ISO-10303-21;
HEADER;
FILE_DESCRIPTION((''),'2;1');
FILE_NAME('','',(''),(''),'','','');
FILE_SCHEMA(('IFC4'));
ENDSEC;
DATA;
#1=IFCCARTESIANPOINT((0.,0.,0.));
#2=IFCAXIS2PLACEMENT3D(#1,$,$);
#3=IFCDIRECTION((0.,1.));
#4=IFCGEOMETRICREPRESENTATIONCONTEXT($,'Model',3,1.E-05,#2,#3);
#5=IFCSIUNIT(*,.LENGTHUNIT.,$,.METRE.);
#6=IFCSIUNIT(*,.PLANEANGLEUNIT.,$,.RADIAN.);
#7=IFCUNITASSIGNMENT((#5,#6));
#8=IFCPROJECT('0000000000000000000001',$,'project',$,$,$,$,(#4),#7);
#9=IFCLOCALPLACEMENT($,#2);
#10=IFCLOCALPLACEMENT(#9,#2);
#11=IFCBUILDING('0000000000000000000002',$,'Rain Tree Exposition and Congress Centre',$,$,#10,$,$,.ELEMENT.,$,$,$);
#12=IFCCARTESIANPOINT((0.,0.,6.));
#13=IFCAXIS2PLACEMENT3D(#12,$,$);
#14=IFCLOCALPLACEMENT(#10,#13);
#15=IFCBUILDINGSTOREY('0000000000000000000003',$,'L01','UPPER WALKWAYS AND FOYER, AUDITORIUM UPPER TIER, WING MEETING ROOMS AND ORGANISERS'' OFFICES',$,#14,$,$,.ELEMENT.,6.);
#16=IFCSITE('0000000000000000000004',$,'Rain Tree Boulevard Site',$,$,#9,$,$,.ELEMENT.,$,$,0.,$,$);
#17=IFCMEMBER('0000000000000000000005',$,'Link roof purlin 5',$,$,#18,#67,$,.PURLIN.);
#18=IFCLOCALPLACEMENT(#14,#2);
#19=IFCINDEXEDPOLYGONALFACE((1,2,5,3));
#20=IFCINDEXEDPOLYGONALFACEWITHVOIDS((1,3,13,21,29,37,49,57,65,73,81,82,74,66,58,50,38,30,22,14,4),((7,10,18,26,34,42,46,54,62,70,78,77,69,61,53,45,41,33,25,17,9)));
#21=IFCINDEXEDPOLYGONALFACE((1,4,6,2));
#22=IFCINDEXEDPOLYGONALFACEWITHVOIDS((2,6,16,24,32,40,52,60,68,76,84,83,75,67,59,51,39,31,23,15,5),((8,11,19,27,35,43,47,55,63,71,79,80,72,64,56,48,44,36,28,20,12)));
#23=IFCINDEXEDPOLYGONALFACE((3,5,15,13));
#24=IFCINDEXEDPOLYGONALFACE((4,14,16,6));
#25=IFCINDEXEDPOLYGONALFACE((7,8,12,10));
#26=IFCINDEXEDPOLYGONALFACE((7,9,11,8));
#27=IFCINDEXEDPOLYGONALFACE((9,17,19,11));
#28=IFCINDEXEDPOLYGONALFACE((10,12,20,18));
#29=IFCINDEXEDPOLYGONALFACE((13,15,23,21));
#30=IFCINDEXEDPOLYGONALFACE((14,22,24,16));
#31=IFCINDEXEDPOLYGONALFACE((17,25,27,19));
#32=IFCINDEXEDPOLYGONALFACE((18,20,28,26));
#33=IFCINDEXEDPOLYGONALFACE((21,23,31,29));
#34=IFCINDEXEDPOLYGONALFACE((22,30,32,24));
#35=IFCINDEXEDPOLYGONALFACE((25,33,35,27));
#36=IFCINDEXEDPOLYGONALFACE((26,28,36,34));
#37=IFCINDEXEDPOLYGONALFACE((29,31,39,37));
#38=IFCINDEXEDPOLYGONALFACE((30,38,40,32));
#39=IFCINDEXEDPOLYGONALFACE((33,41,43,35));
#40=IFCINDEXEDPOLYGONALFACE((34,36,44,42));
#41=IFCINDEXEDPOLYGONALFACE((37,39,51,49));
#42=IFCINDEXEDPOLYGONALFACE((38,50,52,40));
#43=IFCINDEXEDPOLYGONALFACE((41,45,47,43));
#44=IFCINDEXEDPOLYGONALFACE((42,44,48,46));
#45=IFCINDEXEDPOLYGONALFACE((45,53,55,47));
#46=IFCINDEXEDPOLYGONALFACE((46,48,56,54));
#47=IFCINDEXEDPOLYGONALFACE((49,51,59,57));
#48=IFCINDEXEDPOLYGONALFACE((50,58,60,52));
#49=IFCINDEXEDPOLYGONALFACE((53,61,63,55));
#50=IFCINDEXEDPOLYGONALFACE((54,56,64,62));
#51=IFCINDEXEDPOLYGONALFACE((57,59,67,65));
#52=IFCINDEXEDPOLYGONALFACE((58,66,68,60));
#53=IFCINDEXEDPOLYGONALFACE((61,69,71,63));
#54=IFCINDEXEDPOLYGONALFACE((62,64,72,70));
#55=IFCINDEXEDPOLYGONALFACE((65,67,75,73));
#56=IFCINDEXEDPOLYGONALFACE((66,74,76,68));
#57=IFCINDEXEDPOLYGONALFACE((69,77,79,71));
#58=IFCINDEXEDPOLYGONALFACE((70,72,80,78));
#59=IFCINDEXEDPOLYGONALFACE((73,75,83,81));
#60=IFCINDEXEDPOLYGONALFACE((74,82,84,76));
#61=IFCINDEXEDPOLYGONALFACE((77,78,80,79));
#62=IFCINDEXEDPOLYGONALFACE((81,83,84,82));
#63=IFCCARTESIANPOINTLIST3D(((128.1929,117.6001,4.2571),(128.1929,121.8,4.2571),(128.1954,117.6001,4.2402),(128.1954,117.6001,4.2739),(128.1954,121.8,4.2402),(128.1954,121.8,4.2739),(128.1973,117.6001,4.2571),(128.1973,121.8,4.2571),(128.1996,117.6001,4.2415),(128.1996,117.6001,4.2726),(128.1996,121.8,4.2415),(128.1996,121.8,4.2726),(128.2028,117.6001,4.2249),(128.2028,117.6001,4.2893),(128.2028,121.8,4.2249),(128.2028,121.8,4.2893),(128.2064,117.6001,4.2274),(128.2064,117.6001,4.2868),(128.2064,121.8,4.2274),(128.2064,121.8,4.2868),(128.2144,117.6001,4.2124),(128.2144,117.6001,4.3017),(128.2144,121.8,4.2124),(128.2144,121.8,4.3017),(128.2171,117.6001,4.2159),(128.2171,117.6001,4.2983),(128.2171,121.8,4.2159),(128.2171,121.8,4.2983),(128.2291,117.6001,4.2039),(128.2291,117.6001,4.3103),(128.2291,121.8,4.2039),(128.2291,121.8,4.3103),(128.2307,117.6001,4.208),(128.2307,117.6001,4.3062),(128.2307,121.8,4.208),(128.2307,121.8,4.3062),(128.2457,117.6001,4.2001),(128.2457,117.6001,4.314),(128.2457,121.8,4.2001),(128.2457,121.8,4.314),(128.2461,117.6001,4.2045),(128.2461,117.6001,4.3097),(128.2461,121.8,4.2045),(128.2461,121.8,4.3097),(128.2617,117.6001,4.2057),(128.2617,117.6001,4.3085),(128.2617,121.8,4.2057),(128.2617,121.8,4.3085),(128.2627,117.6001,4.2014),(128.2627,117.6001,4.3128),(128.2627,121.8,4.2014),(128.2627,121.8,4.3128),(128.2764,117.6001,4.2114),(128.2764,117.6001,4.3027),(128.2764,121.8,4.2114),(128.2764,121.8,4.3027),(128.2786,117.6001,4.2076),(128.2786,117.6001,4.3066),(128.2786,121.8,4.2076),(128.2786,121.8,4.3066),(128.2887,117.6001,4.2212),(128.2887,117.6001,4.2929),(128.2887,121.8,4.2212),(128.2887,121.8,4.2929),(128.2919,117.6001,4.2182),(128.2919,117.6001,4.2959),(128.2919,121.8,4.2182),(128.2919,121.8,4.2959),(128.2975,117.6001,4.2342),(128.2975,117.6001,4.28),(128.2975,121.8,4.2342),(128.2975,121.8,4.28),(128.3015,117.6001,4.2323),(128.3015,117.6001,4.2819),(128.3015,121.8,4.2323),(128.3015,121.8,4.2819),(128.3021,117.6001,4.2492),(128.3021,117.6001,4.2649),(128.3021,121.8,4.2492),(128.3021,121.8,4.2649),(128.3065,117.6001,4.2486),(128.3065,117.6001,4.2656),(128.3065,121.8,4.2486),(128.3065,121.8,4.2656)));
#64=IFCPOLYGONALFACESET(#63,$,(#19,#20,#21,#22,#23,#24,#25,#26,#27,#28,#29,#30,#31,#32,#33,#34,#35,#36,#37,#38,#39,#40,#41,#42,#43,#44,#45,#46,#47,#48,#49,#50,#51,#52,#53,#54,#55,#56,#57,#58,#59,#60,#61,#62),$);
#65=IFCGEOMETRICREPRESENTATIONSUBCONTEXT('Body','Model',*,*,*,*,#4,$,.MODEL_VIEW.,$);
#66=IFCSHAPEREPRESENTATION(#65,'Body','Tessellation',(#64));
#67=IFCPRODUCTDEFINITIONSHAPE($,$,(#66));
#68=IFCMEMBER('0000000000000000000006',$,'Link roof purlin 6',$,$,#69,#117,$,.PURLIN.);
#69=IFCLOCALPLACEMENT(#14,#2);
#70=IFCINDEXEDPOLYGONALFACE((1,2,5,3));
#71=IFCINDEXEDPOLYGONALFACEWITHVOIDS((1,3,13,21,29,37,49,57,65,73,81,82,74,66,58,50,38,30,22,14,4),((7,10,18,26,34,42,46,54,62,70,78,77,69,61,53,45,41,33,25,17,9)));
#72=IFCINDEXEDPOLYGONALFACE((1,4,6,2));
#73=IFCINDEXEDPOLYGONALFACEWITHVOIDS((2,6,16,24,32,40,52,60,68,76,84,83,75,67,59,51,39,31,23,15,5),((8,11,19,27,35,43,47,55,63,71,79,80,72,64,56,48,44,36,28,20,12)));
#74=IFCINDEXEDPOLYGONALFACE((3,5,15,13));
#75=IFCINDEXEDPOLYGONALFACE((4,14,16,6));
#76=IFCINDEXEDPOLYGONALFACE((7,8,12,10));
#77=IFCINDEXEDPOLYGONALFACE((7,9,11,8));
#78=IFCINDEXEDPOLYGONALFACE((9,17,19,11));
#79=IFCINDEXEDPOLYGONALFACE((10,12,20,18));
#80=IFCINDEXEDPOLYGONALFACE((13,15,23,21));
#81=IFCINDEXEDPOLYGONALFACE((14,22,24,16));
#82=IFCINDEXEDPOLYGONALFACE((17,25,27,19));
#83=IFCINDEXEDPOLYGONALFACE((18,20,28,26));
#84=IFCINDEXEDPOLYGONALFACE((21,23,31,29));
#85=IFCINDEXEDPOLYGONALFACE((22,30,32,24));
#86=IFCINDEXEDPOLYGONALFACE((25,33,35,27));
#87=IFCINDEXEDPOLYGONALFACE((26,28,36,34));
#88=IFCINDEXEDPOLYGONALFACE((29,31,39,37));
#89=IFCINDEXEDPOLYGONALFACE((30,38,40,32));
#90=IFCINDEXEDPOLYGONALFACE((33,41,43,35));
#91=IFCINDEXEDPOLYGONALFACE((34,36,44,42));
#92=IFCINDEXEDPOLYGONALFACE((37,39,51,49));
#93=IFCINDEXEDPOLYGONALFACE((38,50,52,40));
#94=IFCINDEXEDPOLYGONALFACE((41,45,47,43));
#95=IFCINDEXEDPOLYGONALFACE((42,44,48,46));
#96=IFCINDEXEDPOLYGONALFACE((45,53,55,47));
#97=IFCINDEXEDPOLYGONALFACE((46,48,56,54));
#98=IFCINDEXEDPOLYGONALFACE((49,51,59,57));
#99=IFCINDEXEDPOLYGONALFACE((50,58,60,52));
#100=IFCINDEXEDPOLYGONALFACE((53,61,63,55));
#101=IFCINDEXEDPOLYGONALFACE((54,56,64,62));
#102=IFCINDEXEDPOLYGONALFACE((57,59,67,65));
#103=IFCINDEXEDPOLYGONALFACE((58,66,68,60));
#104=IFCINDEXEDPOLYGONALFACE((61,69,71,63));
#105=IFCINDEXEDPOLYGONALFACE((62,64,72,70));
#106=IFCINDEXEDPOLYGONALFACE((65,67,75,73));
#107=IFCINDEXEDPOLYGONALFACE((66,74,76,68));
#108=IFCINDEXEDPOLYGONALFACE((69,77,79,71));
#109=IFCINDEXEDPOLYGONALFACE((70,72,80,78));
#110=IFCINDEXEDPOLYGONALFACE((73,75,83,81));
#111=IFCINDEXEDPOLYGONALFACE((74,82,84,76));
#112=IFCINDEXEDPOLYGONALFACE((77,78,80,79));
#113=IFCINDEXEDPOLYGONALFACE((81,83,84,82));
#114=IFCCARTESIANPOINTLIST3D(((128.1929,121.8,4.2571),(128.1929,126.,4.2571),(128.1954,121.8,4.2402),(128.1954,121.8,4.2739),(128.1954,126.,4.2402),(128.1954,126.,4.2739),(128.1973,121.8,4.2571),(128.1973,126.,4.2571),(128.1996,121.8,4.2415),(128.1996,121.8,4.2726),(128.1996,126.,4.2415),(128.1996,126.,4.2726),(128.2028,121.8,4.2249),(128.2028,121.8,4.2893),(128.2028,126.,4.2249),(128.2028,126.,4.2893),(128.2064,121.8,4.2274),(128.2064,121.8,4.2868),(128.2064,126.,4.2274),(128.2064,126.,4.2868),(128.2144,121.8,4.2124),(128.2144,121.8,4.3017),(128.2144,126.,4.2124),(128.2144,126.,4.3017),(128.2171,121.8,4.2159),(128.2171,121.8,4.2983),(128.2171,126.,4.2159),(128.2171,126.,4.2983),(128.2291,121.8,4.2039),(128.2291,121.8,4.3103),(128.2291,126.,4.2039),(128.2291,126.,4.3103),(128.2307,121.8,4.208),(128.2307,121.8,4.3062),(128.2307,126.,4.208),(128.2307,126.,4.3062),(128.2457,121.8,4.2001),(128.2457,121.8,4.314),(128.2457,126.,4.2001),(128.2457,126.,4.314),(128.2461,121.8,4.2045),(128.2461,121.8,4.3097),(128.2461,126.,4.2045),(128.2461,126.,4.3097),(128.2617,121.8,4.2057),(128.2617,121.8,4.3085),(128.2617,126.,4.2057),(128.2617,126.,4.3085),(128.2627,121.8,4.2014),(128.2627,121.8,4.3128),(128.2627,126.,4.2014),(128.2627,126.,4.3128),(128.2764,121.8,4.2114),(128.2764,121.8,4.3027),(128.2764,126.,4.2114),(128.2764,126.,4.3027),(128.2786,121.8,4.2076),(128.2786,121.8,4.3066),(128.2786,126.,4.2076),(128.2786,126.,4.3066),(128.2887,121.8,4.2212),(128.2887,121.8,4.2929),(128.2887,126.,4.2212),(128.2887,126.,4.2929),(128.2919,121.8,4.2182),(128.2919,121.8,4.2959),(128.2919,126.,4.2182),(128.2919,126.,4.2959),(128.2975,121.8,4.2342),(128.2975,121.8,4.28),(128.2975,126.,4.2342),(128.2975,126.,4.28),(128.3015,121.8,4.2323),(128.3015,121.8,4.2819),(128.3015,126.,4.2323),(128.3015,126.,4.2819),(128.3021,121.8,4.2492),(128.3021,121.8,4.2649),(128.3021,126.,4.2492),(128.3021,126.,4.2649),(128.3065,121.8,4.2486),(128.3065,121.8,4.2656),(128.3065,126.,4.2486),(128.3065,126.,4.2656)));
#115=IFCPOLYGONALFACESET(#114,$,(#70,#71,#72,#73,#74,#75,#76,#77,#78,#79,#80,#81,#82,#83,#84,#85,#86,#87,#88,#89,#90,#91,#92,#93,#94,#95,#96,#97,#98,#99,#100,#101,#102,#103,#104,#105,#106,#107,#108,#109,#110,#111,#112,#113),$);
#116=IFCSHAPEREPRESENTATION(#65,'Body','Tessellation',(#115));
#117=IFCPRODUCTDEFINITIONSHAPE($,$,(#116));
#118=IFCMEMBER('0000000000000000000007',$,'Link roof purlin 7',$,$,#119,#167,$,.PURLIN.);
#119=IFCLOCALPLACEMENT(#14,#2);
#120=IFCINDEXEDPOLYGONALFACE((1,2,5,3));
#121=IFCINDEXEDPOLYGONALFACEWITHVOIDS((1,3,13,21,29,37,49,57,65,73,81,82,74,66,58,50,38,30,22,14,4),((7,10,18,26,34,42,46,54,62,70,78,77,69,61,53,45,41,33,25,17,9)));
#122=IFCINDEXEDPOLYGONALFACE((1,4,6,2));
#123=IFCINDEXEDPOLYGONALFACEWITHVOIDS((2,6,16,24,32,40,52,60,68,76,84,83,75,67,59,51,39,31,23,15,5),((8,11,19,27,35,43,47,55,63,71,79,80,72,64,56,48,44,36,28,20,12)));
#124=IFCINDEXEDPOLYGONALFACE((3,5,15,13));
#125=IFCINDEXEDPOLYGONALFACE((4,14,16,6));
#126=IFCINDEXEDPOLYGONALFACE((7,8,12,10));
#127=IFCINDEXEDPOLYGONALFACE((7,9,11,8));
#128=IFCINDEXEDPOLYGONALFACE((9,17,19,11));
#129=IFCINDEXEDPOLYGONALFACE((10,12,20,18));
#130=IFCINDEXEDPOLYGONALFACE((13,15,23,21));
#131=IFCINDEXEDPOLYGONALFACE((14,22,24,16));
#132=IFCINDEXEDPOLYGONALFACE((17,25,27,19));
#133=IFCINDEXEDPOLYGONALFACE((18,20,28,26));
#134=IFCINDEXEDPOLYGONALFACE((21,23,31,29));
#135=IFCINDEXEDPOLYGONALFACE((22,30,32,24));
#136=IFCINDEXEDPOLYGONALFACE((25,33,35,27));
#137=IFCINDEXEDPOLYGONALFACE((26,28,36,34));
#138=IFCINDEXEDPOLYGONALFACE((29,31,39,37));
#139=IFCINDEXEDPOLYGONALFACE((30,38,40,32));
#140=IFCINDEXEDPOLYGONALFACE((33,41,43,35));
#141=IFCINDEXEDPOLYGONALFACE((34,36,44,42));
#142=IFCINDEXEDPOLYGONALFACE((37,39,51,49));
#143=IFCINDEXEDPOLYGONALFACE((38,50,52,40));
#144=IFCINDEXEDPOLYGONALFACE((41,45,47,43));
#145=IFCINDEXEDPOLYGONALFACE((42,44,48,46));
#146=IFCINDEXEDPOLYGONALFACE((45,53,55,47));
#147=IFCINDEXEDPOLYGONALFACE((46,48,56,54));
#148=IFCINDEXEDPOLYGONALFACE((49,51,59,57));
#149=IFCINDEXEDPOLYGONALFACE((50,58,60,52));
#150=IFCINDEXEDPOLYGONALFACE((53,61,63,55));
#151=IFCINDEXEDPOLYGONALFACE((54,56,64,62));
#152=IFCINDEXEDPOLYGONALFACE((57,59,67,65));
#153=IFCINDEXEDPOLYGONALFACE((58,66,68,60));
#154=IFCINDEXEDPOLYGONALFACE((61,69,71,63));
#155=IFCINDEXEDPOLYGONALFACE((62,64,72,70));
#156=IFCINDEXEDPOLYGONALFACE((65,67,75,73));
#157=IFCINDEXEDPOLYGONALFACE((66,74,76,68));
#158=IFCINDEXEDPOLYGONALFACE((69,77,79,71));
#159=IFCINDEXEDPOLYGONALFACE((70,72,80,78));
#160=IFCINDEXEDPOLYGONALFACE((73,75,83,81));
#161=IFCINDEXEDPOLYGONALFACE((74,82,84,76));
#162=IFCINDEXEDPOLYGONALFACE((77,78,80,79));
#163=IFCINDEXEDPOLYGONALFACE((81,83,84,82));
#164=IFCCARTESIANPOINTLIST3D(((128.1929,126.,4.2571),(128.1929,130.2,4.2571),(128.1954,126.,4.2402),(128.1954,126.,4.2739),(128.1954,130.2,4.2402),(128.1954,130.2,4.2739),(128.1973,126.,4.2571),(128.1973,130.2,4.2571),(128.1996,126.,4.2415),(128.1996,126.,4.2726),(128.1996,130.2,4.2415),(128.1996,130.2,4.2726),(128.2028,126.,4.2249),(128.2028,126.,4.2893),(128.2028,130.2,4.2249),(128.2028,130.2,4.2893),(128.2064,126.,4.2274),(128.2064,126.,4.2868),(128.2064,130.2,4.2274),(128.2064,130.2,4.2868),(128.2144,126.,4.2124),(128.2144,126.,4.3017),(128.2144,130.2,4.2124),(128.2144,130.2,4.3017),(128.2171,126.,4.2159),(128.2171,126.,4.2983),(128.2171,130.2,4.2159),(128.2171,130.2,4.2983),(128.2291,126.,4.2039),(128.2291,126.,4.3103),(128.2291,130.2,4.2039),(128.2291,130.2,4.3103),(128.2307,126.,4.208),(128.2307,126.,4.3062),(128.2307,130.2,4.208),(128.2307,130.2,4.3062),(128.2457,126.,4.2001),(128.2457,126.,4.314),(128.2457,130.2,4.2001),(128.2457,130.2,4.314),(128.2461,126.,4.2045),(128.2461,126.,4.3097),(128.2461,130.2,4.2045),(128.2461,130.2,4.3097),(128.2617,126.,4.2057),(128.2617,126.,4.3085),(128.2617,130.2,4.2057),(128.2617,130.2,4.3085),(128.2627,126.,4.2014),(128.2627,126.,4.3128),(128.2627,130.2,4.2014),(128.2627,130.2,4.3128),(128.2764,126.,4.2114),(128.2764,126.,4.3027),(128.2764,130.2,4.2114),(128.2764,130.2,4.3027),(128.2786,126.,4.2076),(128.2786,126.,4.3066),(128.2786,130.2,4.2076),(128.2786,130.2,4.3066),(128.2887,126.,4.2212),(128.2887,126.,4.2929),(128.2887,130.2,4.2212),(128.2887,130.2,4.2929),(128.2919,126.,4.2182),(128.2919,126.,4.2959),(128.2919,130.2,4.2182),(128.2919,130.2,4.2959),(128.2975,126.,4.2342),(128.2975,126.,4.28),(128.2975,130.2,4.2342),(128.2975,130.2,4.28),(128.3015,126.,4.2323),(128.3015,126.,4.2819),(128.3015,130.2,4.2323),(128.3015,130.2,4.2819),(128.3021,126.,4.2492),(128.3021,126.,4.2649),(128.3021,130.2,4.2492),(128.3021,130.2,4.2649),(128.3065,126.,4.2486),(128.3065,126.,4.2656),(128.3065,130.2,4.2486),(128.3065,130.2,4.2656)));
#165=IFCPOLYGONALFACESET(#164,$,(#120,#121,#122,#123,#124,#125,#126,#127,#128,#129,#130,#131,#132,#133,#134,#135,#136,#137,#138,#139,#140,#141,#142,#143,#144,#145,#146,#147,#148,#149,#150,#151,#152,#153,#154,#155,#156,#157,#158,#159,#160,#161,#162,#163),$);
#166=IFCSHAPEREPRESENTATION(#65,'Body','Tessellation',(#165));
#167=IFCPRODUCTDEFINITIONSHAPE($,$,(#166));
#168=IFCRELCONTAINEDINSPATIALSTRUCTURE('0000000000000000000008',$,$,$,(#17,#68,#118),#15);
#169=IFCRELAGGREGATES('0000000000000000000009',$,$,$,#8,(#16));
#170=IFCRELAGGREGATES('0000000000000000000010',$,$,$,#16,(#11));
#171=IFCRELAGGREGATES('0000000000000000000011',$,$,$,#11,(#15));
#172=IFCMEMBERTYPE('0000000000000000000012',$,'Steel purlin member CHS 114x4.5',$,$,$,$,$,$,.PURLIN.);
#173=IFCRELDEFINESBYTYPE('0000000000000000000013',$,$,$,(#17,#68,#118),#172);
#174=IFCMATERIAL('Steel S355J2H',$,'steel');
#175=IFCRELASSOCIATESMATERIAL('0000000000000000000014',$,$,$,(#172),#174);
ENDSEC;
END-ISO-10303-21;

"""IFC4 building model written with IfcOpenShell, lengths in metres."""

from ifc_helpers import new_model, si_unit, direction, frame, origin, origin_2d, place, context, subcontext, project, spatial, hollow_circle, extrude, material, material_profile, profile_set, type_object, element, save


model = new_model("IFC4")

# Units and contexts
model_context = context("Model", 3, precision=1e-05, world=origin(), true_north=direction((0.0, 1.0)))
body_context = subcontext(model_context, "Body", "Model", "MODEL_VIEW")
ifc_project = project(units=[si_unit("LENGTHUNIT", "METRE"), si_unit("PLANEANGLEUNIT", "RADIAN")], contexts=[model_context])

# Site, building, storey
site_placement = place(None, origin())
site = spatial("IfcSite", under=ifc_project, at=site_placement, Name="Rain Tree Boulevard Site", CompositionType="ELEMENT", RefElevation=0.0)
building_placement = place(site_placement, origin())
building = spatial("IfcBuilding", under=site, at=building_placement, Name="Rain Tree Exposition and Congress Centre", CompositionType="ELEMENT")
storey_placement = place(building_placement, frame((0.0, 0.0, 6.0)))
storey = spatial("IfcBuildingStorey", under=building, at=storey_placement, Name="L01", Description="UPPER WALKWAYS AND FOYER, AUDITORIUM UPPER TIER, WING MEETING ROOMS AND ORGANISERS' OFFICES", CompositionType="ELEMENT", Elevation=6.0)

# Members
ifc_material_1 = material(Name="Steel S355J2H", Category="steel")
ifc_material_profile_1 = material_profile(ifc_material_1, hollow_circle(Radius=0.0571, WallThickness=0.0044, at=origin_2d()), Name="CHS 114x4.5")
ifc_profile_set_1 = profile_set([ifc_material_profile_1], Name="Steel S355J2H")
member_type = type_object("IfcMemberType", Name="Steel purlin member CHS 114x4.5", PredefinedType="PURLIN", material=ifc_profile_set_1)
for number, where, z_axis, x_axis, name in (
    (1, (128.25, 117.6001, 4.2571), (0.0, 1.0, 0.0), (-1.0, 0.0, 0.0), "Link roof purlin 5"),
    (2, (128.25, 121.8, 4.2571), (0.0, 1.0, 0.0), (-1.0, 0.0, 0.0), "Link roof purlin 6"),
    (3, (128.25, 126.0, 4.2571), (0.0, 1.0, 0.0), (-1.0, 0.0, 0.0), "Link roof purlin 7"),
):
    element("IfcMember", number, at=place(storey_placement, frame(where, z_axis=z_axis, x_axis=x_axis)), inside=storey, type_object=member_type, Name=name, PredefinedType="PURLIN", context=body_context, shape_type="SweptSolid", body=[
        extrude(hollow_circle(Radius=0.0571, WallThickness=0.0044, at=origin_2d()), origin(), (0.0, 0.0, 1.0), 4.2),
    ])

save(model, "model.ifc")
